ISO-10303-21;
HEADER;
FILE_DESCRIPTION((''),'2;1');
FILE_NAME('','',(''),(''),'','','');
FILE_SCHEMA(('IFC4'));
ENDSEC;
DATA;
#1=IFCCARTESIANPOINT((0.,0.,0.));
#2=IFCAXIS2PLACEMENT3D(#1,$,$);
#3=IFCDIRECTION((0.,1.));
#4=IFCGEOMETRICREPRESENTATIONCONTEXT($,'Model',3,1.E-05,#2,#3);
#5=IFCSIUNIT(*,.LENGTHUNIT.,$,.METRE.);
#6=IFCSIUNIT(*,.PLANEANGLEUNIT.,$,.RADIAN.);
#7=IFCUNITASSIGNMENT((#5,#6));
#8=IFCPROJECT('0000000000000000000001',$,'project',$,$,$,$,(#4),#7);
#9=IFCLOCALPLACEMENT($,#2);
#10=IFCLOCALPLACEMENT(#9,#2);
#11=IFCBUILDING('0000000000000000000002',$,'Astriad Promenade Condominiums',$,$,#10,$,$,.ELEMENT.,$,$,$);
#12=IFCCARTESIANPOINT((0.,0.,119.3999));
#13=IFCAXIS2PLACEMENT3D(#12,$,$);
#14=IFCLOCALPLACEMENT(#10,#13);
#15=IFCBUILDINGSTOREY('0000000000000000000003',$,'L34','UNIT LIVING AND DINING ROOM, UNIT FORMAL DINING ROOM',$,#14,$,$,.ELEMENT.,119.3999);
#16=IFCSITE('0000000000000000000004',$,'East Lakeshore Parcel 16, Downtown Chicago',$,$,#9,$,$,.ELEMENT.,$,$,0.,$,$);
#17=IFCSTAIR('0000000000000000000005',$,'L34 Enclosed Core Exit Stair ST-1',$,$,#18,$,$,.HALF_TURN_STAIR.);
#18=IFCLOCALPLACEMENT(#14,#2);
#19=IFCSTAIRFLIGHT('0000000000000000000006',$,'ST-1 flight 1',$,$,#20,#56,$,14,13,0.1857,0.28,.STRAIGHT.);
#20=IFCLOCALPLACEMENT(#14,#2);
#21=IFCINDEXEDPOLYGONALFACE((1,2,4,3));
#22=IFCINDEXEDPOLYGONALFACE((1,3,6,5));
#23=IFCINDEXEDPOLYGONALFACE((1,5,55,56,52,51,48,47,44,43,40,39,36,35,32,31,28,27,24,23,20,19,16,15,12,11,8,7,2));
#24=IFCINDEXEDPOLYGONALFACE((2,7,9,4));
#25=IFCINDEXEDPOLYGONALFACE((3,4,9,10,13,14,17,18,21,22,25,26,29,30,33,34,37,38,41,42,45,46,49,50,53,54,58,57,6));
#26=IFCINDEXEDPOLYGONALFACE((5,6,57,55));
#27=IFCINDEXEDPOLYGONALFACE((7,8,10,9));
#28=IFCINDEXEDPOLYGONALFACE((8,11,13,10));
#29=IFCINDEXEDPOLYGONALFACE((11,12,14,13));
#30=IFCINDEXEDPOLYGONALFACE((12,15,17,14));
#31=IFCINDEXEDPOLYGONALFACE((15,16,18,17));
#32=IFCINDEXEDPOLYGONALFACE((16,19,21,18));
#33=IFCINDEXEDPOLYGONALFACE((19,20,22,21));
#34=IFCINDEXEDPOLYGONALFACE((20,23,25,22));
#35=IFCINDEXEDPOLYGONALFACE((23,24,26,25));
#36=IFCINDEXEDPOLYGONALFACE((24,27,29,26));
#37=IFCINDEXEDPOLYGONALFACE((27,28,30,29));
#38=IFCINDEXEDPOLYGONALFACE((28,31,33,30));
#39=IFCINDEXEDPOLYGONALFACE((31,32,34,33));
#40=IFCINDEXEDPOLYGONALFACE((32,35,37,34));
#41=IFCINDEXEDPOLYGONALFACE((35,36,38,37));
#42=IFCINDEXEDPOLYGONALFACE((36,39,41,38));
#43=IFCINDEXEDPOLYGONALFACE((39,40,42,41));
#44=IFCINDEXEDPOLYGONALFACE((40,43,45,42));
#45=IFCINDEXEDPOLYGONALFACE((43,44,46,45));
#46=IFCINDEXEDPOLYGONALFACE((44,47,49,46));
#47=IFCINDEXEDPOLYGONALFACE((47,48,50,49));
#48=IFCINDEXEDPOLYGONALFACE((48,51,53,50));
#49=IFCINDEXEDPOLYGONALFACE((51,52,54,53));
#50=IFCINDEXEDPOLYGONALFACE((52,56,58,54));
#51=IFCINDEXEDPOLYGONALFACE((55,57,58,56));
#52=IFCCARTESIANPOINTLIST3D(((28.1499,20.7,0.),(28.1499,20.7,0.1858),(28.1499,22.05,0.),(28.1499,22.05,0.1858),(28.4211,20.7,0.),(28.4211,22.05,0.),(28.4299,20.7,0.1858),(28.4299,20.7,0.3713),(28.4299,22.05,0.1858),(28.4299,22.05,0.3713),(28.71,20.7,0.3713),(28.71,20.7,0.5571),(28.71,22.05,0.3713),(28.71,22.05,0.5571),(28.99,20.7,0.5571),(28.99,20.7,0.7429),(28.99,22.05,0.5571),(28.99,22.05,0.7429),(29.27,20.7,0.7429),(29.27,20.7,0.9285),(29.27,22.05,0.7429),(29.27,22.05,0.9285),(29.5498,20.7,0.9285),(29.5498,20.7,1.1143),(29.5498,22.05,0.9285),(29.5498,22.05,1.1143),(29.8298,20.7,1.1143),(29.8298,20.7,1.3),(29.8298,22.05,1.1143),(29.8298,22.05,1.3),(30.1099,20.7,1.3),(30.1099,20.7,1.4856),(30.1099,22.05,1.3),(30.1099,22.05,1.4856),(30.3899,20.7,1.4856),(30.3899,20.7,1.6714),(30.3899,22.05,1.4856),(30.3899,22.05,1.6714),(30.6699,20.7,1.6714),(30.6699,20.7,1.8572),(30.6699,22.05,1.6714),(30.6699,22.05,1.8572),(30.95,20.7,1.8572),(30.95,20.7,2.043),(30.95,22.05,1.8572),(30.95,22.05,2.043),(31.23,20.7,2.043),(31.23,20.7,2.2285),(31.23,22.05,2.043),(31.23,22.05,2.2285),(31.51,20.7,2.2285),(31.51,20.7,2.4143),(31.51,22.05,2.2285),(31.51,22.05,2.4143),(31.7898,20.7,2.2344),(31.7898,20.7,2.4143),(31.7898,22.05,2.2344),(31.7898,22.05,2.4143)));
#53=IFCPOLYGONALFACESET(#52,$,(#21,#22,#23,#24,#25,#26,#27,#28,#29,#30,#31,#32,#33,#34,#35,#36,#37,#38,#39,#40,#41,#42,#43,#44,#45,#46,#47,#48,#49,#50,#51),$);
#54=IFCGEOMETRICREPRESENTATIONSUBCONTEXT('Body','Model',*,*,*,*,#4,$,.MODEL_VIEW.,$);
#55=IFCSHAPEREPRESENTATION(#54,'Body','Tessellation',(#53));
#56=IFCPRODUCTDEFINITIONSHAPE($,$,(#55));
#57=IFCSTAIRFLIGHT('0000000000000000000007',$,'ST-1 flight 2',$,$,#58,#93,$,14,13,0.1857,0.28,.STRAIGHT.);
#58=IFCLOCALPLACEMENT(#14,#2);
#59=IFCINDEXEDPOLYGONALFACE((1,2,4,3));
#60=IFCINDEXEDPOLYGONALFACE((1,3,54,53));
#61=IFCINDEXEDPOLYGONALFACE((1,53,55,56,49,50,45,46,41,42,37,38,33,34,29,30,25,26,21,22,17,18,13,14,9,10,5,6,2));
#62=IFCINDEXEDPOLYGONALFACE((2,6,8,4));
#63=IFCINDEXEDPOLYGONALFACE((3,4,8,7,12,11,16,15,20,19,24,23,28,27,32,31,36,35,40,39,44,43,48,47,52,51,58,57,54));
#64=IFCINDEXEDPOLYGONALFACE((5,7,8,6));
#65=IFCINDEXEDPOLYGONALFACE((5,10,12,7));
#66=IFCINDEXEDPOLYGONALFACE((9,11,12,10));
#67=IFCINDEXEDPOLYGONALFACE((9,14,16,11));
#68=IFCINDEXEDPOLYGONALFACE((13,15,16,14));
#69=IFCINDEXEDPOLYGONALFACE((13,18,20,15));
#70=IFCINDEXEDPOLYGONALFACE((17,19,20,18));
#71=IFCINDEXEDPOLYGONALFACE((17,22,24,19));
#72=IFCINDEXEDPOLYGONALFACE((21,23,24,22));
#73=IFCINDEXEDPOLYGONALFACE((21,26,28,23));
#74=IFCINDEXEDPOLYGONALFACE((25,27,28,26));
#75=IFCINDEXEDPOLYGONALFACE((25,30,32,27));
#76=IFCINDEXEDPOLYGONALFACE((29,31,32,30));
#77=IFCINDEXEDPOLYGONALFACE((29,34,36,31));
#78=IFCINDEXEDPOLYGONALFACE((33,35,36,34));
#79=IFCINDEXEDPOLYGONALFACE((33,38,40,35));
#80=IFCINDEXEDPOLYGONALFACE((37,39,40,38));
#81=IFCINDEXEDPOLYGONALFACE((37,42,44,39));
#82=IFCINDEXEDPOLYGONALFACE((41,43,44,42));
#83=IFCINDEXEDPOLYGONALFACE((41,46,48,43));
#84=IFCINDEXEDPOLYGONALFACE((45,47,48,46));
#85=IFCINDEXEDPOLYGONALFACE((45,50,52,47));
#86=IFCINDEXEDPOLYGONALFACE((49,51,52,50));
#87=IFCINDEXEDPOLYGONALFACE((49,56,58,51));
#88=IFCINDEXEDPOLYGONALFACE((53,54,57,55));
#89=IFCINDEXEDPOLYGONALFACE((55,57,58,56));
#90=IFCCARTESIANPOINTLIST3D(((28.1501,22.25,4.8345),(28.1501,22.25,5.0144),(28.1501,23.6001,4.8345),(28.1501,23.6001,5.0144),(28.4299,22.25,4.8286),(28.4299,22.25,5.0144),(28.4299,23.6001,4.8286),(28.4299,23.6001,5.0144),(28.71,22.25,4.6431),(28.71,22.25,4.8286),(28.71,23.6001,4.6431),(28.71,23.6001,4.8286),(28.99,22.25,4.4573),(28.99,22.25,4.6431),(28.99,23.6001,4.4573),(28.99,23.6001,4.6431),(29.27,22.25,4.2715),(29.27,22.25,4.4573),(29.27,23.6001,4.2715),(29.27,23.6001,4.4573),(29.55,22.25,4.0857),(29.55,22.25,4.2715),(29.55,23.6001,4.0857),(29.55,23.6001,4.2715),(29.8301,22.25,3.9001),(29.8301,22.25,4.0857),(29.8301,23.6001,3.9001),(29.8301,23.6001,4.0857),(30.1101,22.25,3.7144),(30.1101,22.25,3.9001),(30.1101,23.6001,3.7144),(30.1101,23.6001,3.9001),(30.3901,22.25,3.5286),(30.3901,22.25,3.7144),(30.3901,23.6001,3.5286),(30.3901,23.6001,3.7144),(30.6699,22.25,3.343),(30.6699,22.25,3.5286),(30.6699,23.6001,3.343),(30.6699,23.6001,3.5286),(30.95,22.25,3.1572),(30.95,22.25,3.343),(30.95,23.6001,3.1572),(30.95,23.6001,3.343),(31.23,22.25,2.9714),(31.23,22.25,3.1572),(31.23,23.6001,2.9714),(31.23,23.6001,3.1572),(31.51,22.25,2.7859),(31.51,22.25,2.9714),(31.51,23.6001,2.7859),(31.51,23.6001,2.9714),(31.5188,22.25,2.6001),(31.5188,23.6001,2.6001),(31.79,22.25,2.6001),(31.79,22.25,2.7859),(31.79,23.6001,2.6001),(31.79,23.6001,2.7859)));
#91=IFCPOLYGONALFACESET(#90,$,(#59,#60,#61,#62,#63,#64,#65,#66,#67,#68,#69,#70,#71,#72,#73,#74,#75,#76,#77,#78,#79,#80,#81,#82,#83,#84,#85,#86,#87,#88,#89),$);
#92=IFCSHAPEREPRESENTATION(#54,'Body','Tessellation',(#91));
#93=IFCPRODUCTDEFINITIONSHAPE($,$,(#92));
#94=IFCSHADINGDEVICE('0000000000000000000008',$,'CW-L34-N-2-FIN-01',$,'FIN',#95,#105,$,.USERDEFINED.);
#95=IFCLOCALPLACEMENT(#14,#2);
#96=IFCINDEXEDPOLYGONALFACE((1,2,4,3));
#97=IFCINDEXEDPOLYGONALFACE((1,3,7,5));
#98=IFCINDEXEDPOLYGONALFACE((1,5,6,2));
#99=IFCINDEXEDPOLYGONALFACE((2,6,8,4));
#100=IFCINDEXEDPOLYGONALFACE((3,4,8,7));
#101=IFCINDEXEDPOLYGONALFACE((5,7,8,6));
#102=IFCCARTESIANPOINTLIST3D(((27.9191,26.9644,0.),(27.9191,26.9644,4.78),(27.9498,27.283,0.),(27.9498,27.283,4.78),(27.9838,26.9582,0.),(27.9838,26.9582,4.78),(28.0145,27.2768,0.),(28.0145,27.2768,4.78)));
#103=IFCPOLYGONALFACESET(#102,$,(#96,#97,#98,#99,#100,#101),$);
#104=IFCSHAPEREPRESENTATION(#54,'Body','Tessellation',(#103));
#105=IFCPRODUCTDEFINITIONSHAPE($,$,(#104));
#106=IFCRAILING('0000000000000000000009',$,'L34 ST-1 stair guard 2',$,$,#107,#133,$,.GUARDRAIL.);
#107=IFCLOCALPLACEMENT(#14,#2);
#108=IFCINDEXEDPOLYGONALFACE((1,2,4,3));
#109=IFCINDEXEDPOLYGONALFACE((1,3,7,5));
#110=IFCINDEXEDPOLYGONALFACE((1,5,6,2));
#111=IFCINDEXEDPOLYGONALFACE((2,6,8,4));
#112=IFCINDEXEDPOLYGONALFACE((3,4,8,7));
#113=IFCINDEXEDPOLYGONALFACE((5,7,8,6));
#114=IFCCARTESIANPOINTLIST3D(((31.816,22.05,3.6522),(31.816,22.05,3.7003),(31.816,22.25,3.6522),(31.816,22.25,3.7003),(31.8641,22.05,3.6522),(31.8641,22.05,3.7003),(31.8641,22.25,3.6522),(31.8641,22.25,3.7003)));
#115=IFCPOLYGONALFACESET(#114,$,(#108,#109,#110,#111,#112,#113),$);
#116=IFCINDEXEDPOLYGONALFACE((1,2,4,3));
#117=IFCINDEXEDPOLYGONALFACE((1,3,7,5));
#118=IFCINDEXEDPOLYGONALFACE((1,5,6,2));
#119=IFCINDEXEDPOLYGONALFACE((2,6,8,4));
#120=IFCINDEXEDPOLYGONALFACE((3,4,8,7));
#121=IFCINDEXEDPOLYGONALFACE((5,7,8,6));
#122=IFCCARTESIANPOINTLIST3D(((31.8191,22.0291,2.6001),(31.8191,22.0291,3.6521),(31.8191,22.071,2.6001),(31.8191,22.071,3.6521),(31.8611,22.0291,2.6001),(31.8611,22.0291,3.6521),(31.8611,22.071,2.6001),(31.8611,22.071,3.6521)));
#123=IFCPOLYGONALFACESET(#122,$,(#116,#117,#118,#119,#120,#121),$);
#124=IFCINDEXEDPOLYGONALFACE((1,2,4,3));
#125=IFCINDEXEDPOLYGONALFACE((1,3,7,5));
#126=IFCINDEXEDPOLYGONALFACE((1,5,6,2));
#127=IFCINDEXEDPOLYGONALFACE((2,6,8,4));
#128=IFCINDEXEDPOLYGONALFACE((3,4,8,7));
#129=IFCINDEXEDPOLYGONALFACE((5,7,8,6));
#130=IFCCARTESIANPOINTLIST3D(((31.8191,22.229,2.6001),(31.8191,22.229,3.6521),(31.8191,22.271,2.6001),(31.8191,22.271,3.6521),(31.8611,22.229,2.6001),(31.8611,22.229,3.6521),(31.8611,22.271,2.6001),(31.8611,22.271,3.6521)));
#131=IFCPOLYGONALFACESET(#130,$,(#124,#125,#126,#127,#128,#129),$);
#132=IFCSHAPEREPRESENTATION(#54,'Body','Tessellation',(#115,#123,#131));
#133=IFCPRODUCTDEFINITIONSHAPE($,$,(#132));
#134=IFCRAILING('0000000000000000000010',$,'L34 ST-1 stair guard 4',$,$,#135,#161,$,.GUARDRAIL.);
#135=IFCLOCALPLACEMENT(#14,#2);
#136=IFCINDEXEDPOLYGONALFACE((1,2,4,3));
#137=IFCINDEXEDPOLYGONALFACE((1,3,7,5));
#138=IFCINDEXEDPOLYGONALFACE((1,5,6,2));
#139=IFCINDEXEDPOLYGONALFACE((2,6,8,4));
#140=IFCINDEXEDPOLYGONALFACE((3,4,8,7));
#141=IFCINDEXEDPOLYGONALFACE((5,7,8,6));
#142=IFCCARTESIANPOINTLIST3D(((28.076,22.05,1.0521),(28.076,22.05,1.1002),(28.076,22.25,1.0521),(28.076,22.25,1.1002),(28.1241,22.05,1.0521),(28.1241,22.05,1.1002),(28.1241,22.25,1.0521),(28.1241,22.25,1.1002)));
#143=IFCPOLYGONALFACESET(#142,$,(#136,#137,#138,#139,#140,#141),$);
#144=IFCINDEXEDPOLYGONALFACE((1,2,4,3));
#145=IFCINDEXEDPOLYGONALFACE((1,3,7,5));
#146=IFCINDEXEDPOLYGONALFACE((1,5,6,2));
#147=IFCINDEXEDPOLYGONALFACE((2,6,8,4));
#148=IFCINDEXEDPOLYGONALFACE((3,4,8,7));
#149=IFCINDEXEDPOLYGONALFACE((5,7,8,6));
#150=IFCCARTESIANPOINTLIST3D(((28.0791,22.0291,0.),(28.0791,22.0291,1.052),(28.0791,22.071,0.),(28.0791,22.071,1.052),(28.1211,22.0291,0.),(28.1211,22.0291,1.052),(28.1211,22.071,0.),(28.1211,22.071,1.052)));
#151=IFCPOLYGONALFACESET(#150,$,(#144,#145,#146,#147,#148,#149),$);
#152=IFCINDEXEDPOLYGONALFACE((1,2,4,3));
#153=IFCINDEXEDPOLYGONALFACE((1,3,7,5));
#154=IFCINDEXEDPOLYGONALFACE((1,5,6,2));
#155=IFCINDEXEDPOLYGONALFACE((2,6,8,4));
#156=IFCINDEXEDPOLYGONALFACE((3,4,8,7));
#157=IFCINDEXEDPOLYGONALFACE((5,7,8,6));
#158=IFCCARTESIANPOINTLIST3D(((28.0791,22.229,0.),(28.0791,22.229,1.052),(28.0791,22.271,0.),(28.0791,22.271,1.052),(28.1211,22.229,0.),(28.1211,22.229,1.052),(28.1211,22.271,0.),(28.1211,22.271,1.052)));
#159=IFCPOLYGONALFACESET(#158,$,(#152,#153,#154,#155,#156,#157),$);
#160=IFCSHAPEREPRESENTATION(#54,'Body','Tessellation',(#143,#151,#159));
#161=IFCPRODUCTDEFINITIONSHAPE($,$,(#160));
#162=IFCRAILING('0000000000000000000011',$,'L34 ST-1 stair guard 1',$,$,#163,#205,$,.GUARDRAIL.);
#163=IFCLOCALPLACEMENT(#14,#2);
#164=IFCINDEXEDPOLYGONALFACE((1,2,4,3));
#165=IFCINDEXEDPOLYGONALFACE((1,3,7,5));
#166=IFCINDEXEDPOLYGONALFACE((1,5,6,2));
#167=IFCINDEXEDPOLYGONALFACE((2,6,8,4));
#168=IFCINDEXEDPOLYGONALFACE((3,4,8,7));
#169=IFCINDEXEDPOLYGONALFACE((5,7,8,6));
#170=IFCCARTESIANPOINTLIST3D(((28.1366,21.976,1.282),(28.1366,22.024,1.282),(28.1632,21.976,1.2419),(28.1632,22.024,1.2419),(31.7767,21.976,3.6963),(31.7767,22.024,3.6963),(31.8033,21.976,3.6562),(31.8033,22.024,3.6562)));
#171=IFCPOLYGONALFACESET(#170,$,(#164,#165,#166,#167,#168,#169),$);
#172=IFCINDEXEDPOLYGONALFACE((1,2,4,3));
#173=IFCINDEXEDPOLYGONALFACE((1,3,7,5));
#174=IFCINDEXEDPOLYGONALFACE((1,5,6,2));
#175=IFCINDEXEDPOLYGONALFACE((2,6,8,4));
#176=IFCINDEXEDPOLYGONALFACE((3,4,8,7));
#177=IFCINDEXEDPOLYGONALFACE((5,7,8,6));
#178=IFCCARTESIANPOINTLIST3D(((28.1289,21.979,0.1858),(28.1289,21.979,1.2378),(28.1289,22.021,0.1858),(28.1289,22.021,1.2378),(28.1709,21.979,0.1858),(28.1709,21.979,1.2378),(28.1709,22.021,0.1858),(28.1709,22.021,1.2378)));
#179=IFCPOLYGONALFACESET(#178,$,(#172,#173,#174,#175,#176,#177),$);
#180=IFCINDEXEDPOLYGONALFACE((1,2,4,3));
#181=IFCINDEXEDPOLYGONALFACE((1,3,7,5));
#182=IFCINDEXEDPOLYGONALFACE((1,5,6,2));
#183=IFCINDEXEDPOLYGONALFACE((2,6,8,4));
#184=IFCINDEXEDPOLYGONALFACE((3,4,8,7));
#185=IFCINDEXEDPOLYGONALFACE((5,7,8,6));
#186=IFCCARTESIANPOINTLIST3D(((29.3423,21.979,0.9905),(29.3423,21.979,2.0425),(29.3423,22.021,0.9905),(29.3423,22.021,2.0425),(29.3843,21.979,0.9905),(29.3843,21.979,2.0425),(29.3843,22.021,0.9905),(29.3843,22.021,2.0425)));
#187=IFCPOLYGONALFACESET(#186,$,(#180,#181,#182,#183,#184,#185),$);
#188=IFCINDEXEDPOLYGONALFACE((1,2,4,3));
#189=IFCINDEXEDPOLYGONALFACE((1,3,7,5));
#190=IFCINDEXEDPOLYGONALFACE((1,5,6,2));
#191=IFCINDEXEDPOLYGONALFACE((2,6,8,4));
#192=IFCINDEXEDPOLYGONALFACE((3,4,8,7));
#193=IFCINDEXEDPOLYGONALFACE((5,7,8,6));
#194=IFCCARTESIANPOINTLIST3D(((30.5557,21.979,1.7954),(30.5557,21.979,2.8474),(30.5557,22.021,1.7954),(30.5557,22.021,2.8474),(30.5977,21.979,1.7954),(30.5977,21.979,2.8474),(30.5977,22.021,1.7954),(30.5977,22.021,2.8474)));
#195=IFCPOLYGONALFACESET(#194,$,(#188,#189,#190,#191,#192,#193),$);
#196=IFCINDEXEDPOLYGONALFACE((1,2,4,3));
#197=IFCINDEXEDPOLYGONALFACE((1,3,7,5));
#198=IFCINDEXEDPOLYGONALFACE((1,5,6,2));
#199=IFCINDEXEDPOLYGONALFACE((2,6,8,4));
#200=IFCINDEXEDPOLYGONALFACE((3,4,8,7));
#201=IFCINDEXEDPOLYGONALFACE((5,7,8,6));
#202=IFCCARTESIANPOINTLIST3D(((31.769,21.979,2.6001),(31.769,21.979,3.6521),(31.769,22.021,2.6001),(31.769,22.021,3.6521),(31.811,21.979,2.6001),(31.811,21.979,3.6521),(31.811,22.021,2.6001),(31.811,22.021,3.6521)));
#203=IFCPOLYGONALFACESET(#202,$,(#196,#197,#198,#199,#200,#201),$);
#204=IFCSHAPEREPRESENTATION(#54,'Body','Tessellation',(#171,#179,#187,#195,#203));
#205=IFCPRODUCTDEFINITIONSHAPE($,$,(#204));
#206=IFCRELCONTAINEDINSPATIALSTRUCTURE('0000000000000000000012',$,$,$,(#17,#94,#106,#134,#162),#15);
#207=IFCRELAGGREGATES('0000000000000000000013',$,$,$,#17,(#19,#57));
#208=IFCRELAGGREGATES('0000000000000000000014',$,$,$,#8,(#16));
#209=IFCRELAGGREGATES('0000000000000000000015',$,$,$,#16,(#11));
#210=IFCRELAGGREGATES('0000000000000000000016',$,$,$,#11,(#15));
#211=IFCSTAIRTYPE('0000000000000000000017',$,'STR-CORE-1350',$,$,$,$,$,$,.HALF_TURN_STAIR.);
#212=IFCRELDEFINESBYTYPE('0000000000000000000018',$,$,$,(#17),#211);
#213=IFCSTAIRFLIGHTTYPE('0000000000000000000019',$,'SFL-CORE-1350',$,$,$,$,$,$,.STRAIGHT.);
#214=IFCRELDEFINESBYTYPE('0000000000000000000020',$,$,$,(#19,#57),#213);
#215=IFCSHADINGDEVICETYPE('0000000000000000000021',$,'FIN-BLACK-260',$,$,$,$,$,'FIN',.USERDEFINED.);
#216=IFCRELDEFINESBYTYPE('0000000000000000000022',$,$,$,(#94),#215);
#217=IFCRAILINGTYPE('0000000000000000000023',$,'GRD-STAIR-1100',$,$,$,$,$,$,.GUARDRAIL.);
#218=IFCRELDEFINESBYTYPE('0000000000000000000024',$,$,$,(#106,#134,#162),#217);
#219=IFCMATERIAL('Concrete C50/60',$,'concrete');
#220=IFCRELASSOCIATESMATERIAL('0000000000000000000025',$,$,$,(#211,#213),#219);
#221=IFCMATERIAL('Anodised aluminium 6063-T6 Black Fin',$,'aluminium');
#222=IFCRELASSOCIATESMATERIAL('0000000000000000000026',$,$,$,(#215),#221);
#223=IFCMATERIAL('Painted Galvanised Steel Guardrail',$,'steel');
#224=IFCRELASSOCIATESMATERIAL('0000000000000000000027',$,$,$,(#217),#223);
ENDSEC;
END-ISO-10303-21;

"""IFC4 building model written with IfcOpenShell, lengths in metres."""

from ifc_helpers import new_model, si_unit, direction, frame, origin, origin_2d, place, context, subcontext, project, spatial, polyline, rectangle, outline, extrude, source, transform, mapped, material, type_object, type_shapes, element, aggregate, save


model = new_model("IFC4")

# Units and contexts
model_context = context("Model", 3, precision=1e-05, world=origin(), true_north=direction((0.0, 1.0)))
body_context = subcontext(model_context, "Body", "Model", "MODEL_VIEW")
ifc_project = project(units=[si_unit("LENGTHUNIT", "METRE"), si_unit("PLANEANGLEUNIT", "RADIAN")], contexts=[model_context])

# Site, building, storey
site_placement = place(None, origin())
site = spatial("IfcSite", under=ifc_project, at=site_placement, Name="East Lakeshore Parcel 16, Downtown Chicago", CompositionType="ELEMENT", RefElevation=0.0)
building_placement = place(site_placement, origin())
building = spatial("IfcBuilding", under=site, at=building_placement, Name="Astriad Promenade Condominiums", CompositionType="ELEMENT")
storey_placement = place(building_placement, frame((0.0, 0.0, 119.3999)))
storey = spatial("IfcBuildingStorey", under=building, at=storey_placement, Name="L34", Description="UNIT LIVING AND DINING ROOM, UNIT FORMAL DINING ROOM", CompositionType="ELEMENT", Elevation=119.3999)

# Shared definitions
ifc_material_1 = material(Name="Concrete C50/60", Category="concrete")

# Stair, stair flights
stair_type = type_object("IfcStairType", Name="STR-CORE-1350", PredefinedType="HALF_TURN_STAIR", material=ifc_material_1)
stair_placement = place(storey_placement, origin())
stair = element("IfcStair", 1, at=stair_placement, inside=storey, type_object=stair_type, Name="L34 Enclosed Core Exit Stair ST-1", PredefinedType="HALF_TURN_STAIR")
stair_flight_type = type_object("IfcStairFlightType", Name="SFL-CORE-1350", PredefinedType="STRAIGHT", material=ifc_material_1)
shared_shape_1 = source(origin(), body_context, "Body", "SweptSolid", [
    extrude(outline(polyline([(0.0, 0.0), (0.0, 0.1858), (0.28, 0.1858), (0.28, 0.3713), (0.5601, 0.3713), (0.5601, 0.5571), (0.8401, 0.5571), (0.8401, 0.7429), (1.1201, 0.7429), (1.1201, 0.9285), (1.3999, 0.9285), (1.3999, 1.1143), (1.6799, 1.1143), (1.6799, 1.3), (1.96, 1.3), (1.96, 1.4856), (2.24, 1.4856), (2.24, 1.6714), (2.52, 1.6714), (2.52, 1.8572), (2.8, 1.8572), (2.8, 2.043), (3.0801, 2.043), (3.0801, 2.2285), (3.3601, 2.2285), (3.3601, 2.4143), (3.6399, 2.4143), (3.6399, 2.6001), (3.6399, 2.2344), (0.2712, 0.0), (0.0, 0.0)])), frame((0.0, 0.675, 0.0), z_axis=(0.0, -1.0, 0.0), x_axis=(1.0, 0.0, 0.0)), (0.0, 0.0, 1.0), 1.3501),
])
type_shapes(stair_flight_type, [shared_shape_1])
stair_flight_1_placement = place(storey_placement, frame((28.1499, 21.375, 0.0), z_axis=(0.0, 0.0, 1.0), x_axis=(1.0, 0.0, 0.0)))
stair_flight_1 = element("IfcStairFlight", 2, at=stair_flight_1_placement, type_object=stair_flight_type, Name="ST-1 flight 1", NumberOfRisers=14, NumberOfTreads=13, PredefinedType="STRAIGHT", RiserHeight=0.1857, TreadLength=0.28, context=body_context, shape_type="MappedRepresentation", body=[
    mapped(shared_shape_1, transform((0.0, 0.0, 0.0), scale=1.0)),
])
stair_flight_2_placement = place(storey_placement, frame((31.79, 22.925, 2.6001), z_axis=(0.0, 0.0, 1.0), x_axis=(-1.0, 0.0, 0.0)))
stair_flight_2 = element("IfcStairFlight", 3, at=stair_flight_2_placement, type_object=stair_flight_type, Name="ST-1 flight 2", NumberOfRisers=14, NumberOfTreads=13, PredefinedType="STRAIGHT", RiserHeight=0.1857, TreadLength=0.28, context=body_context, shape_type="MappedRepresentation", body=[
    mapped(shared_shape_1, transform((0.0, 0.0, 0.0), scale=1.0)),
])
aggregate(stair, [stair_flight_1, stair_flight_2])

# Shading device
ifc_material_2 = material(Name="Anodised aluminium 6063-T6 Black Fin", Category="aluminium")
shading_device_type = type_object("IfcShadingDeviceType", Name="FIN-BLACK-260", ElementType="FIN", PredefinedType="USERDEFINED", material=ifc_material_2)
shared_shape_2 = source(origin(), body_context, "Body", "SweptSolid", [
    extrude(rectangle(XDim=0.0649, YDim=0.3201, at=origin_2d()), origin(), (0.0, 0.0, 1.0), 4.78),
])
type_shapes(shading_device_type, [shared_shape_2])
shading_device_placement = place(storey_placement, frame((27.9668, 27.1206, 0.0), z_axis=(0.0, 0.0, 1.0), x_axis=(0.995396, -0.095846, 0.0)))
element("IfcShadingDevice", 4, at=shading_device_placement, inside=storey, type_object=shading_device_type, Name="CW-L34-N-2-FIN-01", ObjectType="FIN", PredefinedType="USERDEFINED", context=body_context, shape_type="MappedRepresentation", body=[
    mapped(shared_shape_2, transform((0.0, 0.0, 0.0), scale=1.0)),
])

# Railings
ifc_material_3 = material(Name="Painted Galvanised Steel Guardrail", Category="steel")
railing_type_1 = type_object("IfcRailingType", Name="GRD-STAIR-1100", PredefinedType="GUARDRAIL", material=ifc_material_3)
shared_shape_3 = source(origin(), body_context, "Body", "SweptSolid", [
    extrude(rectangle(XDim=0.0481, YDim=0.0481, at=origin_2d()), frame((0.0, 0.0, 1.0762), z_axis=(0.0, 1.0, 0.0), x_axis=(-1.0, 0.0, 0.0)), (0.0, 0.0, 1.0), 0.2),
    extrude(rectangle(XDim=0.042, YDim=0.042, at=origin_2d()), origin(), (0.0, 0.0, 1.0), 1.052),
    extrude(rectangle(XDim=0.042, YDim=0.042, at=origin_2d()), frame((0.0, 0.2, 0.0)), (0.0, 0.0, 1.0), 1.052),
])
for number, where, name in (
    (5, (31.8401, 22.05, 2.6001), "L34 ST-1 stair guard 2"),
    (6, (28.1001, 22.05, 0.0), "L34 ST-1 stair guard 4"),
):
    element("IfcRailing", number, at=place(storey_placement, frame(where)), inside=storey, type_object=railing_type_1, Name=name, PredefinedType="GUARDRAIL", context=body_context, shape_type="MappedRepresentation", body=[
        mapped(shared_shape_3, transform((0.0, 0.0, 0.0), scale=1.0)),
    ])
shared_shape_4 = source(origin(), body_context, "Body", "SweptSolid", [
    extrude(rectangle(XDim=0.0481, YDim=0.0481, at=origin_2d()), frame((0.0, 0.0, 1.0762), z_axis=(0.833364, 0.0, 0.552725), x_axis=(0.0, 1.0, 0.0)), (0.0, 0.0, 1.0), 4.3679),
    extrude(rectangle(XDim=0.042, YDim=0.042, at=origin_2d()), origin(), (0.0, 0.0, 1.0), 1.052),
    extrude(rectangle(XDim=0.042, YDim=0.042, at=origin_2d()), frame((1.2134, 0.0, 0.8047)), (0.0, 0.0, 1.0), 1.052),
    extrude(rectangle(XDim=0.042, YDim=0.042, at=origin_2d()), frame((2.4268, 0.0, 1.6096)), (0.0, 0.0, 1.0), 1.052),
    extrude(rectangle(XDim=0.042, YDim=0.042, at=origin_2d()), frame((3.6401, 0.0, 2.4143)), (0.0, 0.0, 1.0), 1.052),
])
railing_1_placement = place(storey_placement, frame((28.1499, 22.0, 0.1858)))
element("IfcRailing", 7, at=railing_1_placement, inside=storey, type_object=railing_type_1, Name="L34 ST-1 stair guard 1", PredefinedType="GUARDRAIL", context=body_context, shape_type="MappedRepresentation", body=[
    mapped(shared_shape_4, transform((0.0, 0.0, 0.0), scale=1.0)),
])

save(model, "model.ifc")
